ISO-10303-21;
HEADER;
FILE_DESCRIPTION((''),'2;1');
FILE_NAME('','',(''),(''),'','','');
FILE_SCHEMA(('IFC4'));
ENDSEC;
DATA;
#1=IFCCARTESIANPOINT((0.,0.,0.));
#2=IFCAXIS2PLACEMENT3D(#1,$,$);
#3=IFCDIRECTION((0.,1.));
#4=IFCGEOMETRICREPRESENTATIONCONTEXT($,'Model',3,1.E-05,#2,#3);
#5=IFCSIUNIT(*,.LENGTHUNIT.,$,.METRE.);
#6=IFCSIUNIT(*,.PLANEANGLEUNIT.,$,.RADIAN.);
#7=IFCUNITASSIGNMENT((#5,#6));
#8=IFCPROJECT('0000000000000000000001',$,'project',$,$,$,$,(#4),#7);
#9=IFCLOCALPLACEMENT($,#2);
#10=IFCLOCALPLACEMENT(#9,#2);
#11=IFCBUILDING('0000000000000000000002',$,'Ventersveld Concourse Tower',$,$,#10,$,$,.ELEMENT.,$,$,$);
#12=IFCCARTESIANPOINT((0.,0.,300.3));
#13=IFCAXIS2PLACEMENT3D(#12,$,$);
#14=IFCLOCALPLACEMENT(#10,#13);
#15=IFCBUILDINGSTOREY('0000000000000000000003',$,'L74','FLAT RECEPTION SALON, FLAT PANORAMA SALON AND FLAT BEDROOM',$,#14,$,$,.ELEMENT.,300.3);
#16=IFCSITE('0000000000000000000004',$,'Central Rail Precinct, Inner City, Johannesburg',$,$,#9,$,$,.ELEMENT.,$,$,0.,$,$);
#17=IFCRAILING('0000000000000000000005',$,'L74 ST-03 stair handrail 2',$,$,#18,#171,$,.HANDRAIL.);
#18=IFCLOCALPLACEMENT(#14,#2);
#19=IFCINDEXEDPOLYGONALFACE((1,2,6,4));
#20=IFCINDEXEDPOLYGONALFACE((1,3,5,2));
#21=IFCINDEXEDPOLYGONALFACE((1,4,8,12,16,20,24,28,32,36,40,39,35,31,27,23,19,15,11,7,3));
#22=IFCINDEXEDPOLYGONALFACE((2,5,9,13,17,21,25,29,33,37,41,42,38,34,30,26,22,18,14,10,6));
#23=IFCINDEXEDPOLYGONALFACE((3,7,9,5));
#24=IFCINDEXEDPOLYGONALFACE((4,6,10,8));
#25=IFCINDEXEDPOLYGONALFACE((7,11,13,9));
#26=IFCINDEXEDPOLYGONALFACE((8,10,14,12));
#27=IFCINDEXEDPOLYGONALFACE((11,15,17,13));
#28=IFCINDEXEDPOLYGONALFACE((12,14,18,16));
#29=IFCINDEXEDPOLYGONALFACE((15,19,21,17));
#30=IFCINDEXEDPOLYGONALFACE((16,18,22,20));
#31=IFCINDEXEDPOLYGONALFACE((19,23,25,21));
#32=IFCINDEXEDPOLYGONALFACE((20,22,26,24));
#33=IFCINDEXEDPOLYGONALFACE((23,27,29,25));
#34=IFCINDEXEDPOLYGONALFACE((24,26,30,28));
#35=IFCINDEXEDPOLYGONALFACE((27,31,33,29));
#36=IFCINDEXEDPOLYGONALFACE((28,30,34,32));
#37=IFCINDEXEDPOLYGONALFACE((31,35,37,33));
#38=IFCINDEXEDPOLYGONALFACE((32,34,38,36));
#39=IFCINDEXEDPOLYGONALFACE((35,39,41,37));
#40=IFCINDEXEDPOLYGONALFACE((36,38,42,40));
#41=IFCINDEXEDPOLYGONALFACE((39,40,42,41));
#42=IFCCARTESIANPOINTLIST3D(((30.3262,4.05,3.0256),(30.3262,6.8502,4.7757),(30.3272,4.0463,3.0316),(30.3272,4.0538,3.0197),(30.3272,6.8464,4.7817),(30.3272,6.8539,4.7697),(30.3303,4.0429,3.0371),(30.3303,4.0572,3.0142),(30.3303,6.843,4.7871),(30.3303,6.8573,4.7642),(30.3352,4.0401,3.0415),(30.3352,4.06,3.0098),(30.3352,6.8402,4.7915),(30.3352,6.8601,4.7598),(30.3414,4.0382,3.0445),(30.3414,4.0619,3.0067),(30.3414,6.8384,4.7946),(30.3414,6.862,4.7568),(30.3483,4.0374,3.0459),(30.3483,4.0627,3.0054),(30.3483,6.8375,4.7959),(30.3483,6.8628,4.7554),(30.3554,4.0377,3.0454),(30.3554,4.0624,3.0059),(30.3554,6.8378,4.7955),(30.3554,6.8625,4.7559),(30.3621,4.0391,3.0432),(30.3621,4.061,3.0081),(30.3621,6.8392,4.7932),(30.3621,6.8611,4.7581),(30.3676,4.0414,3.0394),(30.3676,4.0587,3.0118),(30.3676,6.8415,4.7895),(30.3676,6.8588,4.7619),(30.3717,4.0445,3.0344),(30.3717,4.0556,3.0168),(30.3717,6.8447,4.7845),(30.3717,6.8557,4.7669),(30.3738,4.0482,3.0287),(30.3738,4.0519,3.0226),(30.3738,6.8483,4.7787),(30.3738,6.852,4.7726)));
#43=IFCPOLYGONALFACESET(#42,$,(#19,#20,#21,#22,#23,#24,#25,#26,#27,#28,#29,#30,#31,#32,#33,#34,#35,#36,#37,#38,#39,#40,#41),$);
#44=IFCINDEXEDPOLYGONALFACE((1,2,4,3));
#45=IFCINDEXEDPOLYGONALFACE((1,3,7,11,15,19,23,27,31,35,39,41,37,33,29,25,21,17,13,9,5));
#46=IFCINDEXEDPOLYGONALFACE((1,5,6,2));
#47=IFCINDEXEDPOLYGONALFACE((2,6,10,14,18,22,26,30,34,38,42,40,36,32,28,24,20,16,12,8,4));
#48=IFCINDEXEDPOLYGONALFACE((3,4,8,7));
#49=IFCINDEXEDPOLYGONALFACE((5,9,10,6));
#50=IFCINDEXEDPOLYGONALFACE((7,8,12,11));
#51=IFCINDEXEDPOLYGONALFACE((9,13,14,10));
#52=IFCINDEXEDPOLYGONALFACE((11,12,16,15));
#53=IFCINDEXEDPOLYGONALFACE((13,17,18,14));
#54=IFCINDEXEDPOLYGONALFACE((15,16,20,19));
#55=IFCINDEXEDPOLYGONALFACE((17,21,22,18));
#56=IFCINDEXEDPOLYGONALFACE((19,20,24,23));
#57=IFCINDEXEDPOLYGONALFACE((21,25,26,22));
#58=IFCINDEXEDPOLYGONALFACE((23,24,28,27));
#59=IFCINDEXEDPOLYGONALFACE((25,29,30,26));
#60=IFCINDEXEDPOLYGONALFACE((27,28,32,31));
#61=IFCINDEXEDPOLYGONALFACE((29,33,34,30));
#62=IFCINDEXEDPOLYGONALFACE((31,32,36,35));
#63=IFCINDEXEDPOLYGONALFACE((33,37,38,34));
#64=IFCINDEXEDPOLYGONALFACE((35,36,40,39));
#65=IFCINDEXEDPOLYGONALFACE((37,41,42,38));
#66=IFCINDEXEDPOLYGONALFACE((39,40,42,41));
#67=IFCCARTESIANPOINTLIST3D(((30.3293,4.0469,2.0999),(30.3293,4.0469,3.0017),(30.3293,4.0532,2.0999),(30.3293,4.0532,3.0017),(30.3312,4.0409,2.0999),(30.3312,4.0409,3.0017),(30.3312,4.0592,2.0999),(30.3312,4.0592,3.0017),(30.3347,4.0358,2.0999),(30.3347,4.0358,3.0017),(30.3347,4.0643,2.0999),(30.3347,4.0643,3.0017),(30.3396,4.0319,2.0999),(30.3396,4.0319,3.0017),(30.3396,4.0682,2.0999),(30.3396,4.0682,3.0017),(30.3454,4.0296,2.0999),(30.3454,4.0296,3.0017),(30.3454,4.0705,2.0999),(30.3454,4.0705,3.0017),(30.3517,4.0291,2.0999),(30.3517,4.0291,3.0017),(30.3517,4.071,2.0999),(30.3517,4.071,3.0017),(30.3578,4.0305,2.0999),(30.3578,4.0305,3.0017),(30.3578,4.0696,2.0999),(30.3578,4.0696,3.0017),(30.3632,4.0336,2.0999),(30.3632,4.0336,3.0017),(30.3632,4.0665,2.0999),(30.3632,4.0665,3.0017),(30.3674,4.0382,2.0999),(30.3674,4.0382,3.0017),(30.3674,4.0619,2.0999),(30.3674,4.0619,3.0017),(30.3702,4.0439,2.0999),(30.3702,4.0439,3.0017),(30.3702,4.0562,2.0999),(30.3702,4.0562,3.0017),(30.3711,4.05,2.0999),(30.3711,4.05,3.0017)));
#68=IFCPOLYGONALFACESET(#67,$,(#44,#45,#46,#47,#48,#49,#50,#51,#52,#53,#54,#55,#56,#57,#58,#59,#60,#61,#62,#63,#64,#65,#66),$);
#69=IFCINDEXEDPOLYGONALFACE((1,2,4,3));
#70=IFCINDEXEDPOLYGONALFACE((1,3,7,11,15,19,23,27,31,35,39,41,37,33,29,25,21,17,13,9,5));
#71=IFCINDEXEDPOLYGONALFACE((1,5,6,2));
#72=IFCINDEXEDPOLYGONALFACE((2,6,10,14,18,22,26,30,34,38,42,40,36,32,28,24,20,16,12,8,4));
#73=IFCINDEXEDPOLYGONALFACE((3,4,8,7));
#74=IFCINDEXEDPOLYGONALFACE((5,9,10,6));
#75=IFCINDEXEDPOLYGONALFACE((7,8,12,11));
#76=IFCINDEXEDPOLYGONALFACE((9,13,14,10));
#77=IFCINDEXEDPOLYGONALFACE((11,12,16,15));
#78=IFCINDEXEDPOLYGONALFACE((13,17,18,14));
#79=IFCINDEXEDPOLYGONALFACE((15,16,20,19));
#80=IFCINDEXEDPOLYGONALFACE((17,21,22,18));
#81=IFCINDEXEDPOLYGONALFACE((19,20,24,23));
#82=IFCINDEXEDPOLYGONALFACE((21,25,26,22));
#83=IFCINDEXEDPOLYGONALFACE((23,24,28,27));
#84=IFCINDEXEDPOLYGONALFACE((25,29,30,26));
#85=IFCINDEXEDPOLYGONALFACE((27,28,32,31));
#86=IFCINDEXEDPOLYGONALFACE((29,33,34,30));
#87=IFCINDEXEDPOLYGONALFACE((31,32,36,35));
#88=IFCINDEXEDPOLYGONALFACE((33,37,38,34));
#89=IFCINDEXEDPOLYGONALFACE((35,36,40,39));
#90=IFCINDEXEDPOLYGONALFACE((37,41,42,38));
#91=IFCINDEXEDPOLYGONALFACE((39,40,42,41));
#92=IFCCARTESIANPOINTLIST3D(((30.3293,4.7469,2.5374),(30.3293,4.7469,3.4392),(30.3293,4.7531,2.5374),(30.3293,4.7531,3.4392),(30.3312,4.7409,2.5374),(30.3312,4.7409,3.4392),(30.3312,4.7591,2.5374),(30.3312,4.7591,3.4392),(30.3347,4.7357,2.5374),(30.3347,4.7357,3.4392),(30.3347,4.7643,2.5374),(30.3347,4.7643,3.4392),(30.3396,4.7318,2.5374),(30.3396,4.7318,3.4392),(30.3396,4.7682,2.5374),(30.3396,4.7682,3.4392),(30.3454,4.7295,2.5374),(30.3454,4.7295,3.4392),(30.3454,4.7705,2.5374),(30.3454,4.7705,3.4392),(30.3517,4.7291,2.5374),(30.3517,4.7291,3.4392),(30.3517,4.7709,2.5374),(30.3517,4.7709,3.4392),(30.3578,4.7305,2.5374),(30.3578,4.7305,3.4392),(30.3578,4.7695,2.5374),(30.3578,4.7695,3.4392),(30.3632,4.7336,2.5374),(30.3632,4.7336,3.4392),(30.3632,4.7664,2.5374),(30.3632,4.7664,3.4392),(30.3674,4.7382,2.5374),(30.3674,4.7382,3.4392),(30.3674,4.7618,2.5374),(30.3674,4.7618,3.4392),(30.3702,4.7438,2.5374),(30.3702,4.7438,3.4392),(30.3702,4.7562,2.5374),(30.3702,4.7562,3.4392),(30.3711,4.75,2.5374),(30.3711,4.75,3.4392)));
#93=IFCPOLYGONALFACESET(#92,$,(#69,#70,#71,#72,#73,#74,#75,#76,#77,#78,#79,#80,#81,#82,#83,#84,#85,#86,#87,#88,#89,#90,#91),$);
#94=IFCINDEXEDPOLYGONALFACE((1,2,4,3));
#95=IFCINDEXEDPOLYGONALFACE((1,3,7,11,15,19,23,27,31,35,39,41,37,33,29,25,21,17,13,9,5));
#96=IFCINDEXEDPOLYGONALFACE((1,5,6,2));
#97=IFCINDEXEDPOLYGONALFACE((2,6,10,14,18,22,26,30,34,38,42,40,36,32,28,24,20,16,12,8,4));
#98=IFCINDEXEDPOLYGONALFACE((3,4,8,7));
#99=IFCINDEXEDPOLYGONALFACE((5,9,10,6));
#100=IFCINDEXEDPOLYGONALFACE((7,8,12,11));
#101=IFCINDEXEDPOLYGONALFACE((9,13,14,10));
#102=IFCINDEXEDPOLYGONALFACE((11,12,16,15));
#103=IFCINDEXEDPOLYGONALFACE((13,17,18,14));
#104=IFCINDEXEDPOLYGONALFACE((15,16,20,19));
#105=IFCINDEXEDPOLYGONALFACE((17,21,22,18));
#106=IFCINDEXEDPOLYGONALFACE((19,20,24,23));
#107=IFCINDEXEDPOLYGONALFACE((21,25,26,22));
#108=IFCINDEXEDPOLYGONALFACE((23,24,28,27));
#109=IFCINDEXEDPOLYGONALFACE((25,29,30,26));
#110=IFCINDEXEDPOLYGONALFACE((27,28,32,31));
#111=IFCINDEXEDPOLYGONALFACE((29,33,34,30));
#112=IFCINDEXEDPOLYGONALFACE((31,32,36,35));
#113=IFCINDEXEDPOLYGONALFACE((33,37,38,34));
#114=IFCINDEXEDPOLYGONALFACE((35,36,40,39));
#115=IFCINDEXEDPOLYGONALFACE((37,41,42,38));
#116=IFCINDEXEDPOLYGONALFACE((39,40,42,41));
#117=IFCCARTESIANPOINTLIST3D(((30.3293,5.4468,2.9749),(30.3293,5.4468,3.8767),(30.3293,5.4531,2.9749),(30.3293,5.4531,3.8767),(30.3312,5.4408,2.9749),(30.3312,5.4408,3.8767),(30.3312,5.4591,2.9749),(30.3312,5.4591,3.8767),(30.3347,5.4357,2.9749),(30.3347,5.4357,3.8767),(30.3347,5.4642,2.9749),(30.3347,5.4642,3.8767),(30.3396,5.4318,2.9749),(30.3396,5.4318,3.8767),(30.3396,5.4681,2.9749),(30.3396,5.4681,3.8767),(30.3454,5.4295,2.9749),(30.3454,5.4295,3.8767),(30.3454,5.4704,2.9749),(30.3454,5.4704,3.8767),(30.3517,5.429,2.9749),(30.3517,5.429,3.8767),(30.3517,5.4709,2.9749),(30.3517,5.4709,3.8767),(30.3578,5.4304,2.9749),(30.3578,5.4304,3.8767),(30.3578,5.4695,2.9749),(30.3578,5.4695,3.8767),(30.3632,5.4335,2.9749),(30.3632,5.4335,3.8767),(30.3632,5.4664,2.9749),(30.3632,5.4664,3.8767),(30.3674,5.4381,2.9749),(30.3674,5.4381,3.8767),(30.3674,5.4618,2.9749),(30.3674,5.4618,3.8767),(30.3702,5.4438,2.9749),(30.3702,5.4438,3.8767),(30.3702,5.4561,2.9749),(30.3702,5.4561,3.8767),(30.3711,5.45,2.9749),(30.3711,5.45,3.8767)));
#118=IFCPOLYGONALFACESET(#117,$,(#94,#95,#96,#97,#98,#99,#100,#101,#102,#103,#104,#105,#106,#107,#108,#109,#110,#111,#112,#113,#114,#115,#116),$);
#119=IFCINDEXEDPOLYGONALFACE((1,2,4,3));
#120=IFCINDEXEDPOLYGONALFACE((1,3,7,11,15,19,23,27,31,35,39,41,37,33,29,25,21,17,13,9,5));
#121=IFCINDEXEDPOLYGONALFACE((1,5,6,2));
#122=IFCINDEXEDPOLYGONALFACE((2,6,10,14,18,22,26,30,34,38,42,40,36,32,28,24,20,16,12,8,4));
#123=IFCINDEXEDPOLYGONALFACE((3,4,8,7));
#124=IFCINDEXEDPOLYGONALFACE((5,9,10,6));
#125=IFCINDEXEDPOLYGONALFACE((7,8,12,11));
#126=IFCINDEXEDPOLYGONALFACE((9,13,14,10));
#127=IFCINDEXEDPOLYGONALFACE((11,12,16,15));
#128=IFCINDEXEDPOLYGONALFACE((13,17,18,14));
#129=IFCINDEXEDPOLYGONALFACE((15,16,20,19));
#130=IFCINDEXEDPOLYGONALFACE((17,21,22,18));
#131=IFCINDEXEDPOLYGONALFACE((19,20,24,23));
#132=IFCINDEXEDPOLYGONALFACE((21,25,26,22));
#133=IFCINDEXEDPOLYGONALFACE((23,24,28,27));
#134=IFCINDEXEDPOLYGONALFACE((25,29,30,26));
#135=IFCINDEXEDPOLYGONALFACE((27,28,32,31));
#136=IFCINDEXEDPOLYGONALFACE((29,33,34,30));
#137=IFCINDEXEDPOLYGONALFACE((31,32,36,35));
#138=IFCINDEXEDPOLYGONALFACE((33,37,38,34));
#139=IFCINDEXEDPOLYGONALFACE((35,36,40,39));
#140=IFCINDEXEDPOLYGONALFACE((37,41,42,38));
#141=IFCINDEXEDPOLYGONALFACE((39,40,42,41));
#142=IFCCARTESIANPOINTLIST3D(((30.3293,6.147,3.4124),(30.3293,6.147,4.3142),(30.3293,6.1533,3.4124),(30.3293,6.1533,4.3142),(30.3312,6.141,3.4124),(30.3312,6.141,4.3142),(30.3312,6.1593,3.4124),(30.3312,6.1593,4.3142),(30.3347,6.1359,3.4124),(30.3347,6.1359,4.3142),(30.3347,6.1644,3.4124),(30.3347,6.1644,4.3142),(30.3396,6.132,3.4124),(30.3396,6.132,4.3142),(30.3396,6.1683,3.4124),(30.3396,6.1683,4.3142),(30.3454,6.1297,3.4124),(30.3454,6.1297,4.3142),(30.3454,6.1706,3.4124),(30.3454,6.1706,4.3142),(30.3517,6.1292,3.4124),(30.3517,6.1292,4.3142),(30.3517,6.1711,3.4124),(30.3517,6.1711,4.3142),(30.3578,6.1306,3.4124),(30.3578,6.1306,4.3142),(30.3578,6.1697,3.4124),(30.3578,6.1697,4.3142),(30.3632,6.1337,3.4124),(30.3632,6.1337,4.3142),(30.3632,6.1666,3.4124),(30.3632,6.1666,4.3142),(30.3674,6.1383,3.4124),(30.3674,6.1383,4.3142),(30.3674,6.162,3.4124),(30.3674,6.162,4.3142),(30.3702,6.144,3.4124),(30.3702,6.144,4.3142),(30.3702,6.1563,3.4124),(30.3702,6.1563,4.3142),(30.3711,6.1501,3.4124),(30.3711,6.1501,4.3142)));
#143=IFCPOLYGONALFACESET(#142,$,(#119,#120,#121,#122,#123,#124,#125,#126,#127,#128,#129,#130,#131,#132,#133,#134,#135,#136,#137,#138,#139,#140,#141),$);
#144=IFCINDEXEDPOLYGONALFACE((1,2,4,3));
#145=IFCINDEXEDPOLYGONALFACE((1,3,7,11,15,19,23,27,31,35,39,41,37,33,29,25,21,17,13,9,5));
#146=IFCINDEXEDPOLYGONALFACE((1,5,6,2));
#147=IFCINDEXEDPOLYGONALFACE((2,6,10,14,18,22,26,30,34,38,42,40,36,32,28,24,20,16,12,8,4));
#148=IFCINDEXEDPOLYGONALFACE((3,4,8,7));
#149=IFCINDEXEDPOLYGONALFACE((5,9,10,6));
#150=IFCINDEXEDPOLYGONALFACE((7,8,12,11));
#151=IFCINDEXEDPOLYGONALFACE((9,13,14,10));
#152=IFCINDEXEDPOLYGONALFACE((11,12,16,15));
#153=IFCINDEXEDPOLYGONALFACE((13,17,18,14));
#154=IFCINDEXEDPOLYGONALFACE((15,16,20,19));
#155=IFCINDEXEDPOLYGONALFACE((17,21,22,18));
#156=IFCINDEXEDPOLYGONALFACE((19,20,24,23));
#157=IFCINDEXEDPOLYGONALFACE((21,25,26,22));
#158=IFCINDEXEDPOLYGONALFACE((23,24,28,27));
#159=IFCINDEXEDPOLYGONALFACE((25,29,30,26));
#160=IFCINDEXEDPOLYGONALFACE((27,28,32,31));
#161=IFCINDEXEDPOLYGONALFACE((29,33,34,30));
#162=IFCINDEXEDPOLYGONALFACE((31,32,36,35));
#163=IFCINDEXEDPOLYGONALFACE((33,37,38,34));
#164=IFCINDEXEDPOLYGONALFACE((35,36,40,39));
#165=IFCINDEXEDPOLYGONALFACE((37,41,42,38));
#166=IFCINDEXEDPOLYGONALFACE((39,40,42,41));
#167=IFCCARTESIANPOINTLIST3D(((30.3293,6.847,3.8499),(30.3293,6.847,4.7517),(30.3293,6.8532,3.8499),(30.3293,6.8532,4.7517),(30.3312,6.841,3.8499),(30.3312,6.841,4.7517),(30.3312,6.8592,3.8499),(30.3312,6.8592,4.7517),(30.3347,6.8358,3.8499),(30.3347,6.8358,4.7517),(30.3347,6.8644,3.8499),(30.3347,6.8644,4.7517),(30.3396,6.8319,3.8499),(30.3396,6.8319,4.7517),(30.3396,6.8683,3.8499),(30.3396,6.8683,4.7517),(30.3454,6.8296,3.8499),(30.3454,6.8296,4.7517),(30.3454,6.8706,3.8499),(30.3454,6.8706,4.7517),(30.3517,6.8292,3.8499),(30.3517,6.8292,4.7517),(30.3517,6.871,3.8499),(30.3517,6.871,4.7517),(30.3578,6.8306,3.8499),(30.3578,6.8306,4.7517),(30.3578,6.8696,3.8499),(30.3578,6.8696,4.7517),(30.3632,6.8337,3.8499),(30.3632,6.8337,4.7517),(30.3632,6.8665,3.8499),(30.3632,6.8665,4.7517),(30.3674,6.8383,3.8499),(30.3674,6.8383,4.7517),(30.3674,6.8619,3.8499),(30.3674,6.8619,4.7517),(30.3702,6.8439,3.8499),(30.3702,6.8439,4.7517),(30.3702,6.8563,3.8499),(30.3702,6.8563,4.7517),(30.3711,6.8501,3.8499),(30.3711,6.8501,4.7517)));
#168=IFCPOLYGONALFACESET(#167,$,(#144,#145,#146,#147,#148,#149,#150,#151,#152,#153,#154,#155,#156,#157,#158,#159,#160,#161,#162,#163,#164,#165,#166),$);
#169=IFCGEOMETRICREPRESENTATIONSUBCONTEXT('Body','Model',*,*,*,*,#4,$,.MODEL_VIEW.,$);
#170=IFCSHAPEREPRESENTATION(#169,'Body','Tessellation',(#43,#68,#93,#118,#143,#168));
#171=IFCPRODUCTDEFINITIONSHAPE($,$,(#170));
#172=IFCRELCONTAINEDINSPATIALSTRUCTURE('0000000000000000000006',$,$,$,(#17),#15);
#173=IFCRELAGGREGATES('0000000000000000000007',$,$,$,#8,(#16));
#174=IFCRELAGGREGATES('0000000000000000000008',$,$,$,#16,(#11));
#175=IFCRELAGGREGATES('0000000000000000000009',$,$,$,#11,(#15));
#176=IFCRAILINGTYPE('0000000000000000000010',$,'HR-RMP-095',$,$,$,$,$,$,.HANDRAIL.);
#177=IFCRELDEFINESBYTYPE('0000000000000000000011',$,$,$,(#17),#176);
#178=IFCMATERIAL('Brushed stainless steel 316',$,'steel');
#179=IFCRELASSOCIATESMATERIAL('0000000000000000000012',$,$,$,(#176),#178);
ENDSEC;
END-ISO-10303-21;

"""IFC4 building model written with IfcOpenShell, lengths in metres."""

from ifc_helpers import new_model, si_unit, direction, frame, origin, origin_2d, place, context, subcontext, project, spatial, circle, extrude, material, type_object, element, save


model = new_model("IFC4")

# Units and contexts
model_context = context("Model", 3, precision=1e-05, world=origin(), true_north=direction((0.0, 1.0)))
body_context = subcontext(model_context, "Body", "Model", "MODEL_VIEW")
ifc_project = project(units=[si_unit("LENGTHUNIT", "METRE"), si_unit("PLANEANGLEUNIT", "RADIAN")], contexts=[model_context])

# Site, building, storey
site_placement = place(None, origin())
site = spatial("IfcSite", under=ifc_project, at=site_placement, Name="Central Rail Precinct, Inner City, Johannesburg", CompositionType="ELEMENT", RefElevation=0.0)
building_placement = place(site_placement, origin())
building = spatial("IfcBuilding", under=site, at=building_placement, Name="Ventersveld Concourse Tower", CompositionType="ELEMENT")
storey_placement = place(building_placement, frame((0.0, 0.0, 300.3)))
storey = spatial("IfcBuildingStorey", under=building, at=storey_placement, Name="L74", Description="FLAT RECEPTION SALON, FLAT PANORAMA SALON AND FLAT BEDROOM", CompositionType="ELEMENT", Elevation=300.3)

# Shared definitions
ifc_material_1 = material(Name="Brushed stainless steel 316", Category="steel")

# Railing
railing_type_1 = type_object("IfcRailingType", Name="HR-RMP-095", PredefinedType="HANDRAIL", material=ifc_material_1)
railing_1_placement = place(storey_placement, frame((30.3501, 4.05, 2.0999)))
element("IfcRailing", 1, at=railing_1_placement, inside=storey, type_object=railing_type_1, Name="L74 ST-03 stair handrail 2", PredefinedType="HANDRAIL", context=body_context, shape_type="SweptSolid", body=[
    extrude(circle(Radius=0.0239, at=origin_2d()), frame((0.0, 0.0, 0.9258), z_axis=(0.0, 0.848002, 0.529992), x_axis=(-1.0, 0.0, 0.0)), (0.0, 0.0, 1.0), 3.302),
    extrude(circle(Radius=0.021, at=origin_2d()), origin(), (0.0, 0.0, 1.0), 0.9019),
    extrude(circle(Radius=0.021, at=origin_2d()), frame((0.0, 0.7, 0.4375)), (0.0, 0.0, 1.0), 0.9019),
    extrude(circle(Radius=0.021, at=origin_2d()), frame((0.0, 1.3999, 0.875)), (0.0, 0.0, 1.0), 0.9019),
    extrude(circle(Radius=0.021, at=origin_2d()), frame((0.0, 2.1001, 1.3125)), (0.0, 0.0, 1.0), 0.9019),
    extrude(circle(Radius=0.021, at=origin_2d()), frame((0.0, 2.8, 1.75)), (0.0, 0.0, 1.0), 0.9019),
])

save(model, "model.ifc")
